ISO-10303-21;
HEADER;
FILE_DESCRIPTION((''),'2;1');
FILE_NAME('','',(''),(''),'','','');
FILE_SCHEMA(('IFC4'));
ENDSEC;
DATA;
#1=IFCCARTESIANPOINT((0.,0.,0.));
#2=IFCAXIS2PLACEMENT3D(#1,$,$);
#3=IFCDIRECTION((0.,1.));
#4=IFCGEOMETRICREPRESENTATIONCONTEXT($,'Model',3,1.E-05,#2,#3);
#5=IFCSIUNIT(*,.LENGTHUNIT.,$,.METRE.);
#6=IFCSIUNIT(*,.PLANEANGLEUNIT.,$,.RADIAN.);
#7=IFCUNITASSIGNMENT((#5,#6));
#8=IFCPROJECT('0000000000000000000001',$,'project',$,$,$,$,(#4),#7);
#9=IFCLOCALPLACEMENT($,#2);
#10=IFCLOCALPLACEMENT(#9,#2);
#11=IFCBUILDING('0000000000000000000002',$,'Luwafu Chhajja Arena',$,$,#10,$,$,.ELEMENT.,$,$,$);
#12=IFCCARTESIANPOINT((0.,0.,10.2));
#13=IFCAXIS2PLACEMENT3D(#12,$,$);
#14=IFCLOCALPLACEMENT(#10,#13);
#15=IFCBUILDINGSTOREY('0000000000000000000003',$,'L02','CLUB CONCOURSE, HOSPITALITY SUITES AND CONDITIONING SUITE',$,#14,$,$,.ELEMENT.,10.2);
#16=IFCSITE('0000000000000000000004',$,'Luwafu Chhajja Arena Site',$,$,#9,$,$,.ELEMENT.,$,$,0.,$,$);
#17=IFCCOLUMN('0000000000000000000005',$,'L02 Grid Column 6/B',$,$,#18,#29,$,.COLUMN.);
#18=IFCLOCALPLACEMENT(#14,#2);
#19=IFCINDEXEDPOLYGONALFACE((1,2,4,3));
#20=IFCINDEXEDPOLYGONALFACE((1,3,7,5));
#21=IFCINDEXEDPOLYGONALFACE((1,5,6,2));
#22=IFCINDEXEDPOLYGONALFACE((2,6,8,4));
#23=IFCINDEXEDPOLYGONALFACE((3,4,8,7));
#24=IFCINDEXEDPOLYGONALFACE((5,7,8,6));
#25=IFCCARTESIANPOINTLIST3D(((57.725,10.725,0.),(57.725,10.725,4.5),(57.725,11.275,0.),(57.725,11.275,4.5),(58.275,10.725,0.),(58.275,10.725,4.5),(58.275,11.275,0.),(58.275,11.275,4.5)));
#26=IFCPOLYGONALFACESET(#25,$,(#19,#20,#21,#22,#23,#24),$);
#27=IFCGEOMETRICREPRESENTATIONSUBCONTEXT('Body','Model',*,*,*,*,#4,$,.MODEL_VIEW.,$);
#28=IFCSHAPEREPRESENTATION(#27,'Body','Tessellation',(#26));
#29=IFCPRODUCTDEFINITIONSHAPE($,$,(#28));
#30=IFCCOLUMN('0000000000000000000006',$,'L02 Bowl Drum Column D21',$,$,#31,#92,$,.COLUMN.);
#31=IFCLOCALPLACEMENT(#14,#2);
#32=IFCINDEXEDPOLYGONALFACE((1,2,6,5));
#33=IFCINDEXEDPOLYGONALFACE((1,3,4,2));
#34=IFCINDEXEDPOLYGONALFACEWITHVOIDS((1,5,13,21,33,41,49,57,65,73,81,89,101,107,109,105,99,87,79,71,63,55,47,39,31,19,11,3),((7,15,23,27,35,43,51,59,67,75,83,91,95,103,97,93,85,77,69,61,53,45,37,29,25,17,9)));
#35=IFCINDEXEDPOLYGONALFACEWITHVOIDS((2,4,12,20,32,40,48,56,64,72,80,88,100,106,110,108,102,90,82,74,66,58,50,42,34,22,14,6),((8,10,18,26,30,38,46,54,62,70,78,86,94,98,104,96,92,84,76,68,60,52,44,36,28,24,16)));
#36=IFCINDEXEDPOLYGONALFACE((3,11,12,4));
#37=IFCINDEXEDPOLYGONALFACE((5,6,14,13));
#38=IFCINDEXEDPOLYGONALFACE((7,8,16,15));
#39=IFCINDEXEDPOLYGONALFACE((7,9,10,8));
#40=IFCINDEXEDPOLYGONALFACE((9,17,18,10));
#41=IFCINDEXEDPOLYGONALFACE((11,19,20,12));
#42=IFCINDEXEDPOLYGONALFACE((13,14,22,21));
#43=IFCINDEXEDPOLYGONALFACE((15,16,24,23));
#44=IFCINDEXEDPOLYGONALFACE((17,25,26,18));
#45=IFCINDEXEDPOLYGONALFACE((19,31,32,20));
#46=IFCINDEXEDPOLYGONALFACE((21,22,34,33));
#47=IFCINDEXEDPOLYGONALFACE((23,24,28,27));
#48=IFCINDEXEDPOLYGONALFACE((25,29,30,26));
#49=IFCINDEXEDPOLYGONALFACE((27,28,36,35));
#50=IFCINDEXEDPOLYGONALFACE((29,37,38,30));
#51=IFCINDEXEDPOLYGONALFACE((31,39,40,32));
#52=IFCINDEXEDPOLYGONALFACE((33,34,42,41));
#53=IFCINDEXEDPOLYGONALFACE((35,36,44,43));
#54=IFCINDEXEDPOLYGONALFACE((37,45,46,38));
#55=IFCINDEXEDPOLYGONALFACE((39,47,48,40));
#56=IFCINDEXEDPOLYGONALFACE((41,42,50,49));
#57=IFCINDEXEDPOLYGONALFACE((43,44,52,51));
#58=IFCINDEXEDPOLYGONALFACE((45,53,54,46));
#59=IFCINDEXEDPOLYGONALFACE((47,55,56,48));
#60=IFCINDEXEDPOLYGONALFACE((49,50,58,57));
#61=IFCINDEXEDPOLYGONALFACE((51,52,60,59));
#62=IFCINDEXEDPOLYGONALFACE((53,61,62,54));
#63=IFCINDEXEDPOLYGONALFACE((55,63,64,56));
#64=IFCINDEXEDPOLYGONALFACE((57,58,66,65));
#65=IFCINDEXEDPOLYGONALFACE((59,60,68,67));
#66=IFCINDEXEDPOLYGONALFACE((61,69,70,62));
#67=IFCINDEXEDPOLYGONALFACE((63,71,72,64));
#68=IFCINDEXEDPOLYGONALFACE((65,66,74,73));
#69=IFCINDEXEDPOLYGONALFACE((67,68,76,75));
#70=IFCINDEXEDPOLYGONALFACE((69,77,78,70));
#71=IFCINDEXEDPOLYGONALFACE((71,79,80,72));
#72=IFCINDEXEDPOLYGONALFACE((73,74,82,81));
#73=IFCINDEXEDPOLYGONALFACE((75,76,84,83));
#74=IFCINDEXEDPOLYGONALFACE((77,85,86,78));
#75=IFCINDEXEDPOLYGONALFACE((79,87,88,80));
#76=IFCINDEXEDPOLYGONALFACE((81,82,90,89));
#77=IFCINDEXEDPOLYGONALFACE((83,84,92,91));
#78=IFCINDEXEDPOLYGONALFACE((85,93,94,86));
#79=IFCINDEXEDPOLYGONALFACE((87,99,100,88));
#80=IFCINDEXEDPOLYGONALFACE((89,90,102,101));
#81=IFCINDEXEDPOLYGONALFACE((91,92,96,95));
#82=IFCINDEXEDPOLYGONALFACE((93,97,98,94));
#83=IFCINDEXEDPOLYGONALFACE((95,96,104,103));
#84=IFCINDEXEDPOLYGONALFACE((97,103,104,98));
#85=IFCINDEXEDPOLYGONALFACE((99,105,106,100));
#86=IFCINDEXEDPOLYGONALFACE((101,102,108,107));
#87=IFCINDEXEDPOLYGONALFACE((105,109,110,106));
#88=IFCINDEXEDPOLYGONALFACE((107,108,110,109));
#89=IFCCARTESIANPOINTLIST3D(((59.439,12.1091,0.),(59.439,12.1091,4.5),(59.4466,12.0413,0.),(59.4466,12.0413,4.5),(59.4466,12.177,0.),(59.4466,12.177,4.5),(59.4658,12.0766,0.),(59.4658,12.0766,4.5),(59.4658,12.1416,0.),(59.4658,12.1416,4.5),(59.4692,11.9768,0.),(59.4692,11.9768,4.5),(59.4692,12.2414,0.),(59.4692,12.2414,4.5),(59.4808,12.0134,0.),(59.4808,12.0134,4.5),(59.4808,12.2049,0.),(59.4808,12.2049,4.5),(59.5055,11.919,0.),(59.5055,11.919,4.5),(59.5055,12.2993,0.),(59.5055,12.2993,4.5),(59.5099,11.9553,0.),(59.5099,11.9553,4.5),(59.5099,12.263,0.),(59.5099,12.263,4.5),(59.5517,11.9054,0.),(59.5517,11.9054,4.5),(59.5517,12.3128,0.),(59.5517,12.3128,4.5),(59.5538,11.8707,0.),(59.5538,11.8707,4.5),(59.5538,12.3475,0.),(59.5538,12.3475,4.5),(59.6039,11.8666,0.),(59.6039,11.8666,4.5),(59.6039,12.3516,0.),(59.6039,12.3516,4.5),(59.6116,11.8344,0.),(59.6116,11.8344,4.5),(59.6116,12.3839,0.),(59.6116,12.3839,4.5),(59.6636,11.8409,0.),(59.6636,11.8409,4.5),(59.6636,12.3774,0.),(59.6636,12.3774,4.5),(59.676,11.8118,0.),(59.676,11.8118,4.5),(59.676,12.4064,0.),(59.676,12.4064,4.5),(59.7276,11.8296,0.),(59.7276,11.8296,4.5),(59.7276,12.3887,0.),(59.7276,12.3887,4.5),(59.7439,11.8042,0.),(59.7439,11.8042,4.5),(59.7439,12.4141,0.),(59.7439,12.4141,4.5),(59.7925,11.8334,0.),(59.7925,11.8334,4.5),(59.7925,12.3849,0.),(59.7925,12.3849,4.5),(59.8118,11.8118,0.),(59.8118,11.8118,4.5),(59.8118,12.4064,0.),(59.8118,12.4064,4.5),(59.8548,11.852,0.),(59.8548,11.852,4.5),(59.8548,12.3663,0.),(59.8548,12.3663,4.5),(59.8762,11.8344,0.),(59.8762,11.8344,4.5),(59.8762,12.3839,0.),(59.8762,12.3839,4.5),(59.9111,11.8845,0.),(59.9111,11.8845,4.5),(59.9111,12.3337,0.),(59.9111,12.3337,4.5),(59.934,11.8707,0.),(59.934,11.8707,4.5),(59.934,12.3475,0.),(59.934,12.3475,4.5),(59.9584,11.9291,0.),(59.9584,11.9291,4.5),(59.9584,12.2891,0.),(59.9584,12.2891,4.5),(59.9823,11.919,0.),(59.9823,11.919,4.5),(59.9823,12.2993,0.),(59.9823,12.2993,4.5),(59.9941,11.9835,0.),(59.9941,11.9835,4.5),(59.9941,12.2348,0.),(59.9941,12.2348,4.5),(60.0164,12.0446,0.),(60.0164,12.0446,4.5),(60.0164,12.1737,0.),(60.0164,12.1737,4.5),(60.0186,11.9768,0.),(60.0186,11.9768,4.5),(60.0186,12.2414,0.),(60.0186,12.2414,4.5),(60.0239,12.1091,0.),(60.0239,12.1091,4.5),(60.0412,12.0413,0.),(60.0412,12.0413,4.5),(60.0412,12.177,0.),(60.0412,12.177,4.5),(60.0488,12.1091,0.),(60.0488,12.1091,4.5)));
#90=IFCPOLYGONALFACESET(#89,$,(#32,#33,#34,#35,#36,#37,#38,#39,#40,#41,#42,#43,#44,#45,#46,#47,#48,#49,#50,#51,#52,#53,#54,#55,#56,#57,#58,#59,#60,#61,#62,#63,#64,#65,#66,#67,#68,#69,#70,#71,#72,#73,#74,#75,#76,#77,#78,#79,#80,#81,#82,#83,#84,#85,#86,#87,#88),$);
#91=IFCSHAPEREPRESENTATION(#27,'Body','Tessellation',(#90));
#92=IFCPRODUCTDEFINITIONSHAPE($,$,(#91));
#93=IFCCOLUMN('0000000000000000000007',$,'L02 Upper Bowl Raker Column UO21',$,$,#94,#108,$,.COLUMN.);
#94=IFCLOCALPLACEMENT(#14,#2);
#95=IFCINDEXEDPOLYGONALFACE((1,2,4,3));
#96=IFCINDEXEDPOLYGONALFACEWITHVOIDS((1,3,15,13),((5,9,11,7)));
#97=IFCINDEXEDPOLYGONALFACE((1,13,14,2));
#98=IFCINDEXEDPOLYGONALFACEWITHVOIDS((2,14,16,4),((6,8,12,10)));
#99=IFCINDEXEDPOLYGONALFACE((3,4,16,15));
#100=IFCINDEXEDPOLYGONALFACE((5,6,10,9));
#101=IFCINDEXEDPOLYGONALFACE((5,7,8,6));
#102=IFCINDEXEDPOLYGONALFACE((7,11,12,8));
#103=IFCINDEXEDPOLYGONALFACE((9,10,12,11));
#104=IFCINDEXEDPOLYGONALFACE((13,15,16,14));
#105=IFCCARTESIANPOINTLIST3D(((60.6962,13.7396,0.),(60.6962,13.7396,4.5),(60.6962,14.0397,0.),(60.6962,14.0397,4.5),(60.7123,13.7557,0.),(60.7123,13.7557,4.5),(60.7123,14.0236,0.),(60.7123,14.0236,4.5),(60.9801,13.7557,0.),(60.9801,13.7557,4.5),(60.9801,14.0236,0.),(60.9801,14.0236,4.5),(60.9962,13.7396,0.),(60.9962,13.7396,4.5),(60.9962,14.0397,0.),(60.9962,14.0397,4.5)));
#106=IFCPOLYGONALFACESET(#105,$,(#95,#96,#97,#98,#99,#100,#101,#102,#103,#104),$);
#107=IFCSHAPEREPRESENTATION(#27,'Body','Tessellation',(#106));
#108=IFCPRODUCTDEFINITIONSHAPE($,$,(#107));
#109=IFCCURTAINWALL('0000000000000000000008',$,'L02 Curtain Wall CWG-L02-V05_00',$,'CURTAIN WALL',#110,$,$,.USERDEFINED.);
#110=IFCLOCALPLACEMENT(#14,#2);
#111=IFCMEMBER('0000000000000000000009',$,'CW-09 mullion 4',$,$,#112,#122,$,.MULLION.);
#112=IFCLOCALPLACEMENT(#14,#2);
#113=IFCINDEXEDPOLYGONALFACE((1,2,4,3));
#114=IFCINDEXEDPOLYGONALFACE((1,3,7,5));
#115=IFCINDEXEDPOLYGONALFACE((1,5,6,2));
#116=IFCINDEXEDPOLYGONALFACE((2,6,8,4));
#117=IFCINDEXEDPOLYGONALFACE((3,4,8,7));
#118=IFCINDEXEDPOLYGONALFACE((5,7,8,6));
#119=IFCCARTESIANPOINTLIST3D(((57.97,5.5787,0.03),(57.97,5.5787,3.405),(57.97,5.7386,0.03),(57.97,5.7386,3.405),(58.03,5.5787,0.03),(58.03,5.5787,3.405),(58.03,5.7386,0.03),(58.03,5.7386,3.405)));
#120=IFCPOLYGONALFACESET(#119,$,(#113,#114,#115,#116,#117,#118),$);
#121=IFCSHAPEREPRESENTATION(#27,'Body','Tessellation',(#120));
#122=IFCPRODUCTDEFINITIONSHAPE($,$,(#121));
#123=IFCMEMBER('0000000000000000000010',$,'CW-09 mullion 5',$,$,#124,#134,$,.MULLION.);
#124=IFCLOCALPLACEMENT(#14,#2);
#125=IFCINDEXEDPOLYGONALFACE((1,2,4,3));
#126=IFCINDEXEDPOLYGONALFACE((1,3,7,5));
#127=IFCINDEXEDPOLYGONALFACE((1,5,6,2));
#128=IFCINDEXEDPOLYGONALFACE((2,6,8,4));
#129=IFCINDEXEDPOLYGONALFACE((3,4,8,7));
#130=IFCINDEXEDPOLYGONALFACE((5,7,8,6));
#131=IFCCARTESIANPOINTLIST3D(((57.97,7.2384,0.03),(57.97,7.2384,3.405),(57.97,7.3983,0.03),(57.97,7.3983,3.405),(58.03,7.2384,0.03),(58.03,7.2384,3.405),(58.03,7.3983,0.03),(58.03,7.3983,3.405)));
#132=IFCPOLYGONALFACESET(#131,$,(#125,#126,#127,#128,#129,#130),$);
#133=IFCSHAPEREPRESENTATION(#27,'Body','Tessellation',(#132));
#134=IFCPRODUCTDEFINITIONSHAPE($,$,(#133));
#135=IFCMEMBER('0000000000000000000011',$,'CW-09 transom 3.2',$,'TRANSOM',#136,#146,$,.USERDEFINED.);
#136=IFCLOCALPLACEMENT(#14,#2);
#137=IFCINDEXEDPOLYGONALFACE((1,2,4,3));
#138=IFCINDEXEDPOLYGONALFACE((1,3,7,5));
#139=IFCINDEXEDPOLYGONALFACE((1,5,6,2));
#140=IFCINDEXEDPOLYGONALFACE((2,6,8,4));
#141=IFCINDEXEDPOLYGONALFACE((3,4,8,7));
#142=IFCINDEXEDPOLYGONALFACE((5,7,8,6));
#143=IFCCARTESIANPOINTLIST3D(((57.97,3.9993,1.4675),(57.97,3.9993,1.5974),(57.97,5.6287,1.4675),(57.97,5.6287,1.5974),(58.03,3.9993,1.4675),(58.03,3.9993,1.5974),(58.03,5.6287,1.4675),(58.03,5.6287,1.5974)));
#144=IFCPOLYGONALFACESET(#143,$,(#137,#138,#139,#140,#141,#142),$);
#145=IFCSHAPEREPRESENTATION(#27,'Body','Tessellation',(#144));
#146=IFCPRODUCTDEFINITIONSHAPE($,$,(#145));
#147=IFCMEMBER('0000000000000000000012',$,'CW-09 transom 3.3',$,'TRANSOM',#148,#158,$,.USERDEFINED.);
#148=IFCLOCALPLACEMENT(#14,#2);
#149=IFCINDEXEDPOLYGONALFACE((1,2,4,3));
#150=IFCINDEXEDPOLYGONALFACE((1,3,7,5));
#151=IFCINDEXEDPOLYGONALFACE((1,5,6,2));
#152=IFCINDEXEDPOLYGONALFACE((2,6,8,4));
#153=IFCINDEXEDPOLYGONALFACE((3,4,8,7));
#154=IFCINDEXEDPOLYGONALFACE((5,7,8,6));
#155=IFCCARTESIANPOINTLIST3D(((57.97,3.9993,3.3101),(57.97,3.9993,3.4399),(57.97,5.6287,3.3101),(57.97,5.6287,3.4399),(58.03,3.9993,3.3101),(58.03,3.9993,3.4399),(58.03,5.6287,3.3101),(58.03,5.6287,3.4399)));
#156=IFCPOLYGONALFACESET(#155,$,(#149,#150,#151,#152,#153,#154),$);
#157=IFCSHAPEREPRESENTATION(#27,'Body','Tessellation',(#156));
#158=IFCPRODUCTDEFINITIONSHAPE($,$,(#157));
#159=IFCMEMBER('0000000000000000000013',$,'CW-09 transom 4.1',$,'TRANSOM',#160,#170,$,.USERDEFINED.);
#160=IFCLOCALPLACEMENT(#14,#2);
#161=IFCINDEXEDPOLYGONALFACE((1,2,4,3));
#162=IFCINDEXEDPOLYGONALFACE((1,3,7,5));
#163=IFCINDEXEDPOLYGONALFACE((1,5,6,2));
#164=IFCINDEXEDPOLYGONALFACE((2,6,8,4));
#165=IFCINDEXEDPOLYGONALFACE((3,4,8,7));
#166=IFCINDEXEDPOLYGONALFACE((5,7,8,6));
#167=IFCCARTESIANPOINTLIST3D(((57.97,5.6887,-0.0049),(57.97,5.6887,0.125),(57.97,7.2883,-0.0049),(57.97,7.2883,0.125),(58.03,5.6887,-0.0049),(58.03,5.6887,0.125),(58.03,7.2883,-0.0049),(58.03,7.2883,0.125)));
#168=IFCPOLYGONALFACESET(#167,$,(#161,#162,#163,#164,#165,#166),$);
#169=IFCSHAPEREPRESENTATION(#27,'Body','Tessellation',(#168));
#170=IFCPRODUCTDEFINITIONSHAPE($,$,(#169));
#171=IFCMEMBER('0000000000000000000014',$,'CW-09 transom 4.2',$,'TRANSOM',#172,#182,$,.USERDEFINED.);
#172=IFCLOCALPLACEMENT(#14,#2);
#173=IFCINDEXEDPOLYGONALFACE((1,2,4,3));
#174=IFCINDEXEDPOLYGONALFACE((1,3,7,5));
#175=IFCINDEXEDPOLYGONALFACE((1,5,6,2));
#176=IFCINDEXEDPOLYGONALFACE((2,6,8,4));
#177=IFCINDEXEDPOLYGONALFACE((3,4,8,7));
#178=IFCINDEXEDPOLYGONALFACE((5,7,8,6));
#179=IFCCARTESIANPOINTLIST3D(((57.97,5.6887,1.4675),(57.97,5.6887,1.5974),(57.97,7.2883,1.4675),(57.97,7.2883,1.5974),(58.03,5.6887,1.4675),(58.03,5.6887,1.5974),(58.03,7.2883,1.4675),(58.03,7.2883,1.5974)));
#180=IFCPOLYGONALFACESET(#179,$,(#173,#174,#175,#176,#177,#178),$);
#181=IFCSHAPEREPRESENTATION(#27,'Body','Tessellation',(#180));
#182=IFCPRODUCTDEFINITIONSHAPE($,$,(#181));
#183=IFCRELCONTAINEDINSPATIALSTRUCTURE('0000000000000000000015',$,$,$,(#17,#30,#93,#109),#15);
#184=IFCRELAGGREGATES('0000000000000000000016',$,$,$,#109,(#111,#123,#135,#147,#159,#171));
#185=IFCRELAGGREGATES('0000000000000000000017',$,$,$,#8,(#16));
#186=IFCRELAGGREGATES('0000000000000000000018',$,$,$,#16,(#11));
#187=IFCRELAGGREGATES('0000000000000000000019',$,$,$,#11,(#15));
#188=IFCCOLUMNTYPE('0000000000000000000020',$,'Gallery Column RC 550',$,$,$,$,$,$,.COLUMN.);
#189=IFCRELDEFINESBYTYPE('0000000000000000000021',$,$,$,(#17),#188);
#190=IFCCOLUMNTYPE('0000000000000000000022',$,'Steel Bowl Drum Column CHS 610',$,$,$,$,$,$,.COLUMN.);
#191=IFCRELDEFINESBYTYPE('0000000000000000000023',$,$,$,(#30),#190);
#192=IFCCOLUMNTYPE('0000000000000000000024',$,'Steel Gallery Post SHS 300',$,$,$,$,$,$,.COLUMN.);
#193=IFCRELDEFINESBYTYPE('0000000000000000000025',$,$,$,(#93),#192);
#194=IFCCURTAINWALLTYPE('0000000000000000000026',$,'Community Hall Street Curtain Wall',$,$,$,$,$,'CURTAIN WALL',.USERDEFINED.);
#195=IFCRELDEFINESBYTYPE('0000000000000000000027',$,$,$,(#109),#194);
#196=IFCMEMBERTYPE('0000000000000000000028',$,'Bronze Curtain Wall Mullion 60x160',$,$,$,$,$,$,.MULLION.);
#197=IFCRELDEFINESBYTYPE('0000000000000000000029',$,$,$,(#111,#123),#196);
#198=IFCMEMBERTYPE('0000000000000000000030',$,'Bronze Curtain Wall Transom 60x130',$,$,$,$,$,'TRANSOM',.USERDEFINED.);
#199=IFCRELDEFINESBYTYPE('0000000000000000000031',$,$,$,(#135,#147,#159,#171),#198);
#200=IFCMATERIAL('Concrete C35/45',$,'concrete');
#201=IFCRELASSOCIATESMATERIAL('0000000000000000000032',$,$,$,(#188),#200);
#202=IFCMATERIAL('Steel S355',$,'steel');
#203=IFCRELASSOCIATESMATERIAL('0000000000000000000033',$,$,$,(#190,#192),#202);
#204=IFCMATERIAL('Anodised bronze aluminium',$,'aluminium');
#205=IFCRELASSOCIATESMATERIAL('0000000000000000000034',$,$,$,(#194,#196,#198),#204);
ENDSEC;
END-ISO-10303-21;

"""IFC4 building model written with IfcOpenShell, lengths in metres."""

from ifc_helpers import new_model, si_unit, direction, frame, origin, origin_2d, place, context, subcontext, project, spatial, rectangle, hollow_rectangle, hollow_circle, extrude, material, material_profile, profile_set, type_object, element, aggregate, save


model = new_model("IFC4")

# Units and contexts
model_context = context("Model", 3, precision=1e-05, world=origin(), true_north=direction((0.0, 1.0)))
body_context = subcontext(model_context, "Body", "Model", "MODEL_VIEW")
ifc_project = project(units=[si_unit("LENGTHUNIT", "METRE"), si_unit("PLANEANGLEUNIT", "RADIAN")], contexts=[model_context])

# Site, building, storey
site_placement = place(None, origin())
site = spatial("IfcSite", under=ifc_project, at=site_placement, Name="Luwafu Chhajja Arena Site", CompositionType="ELEMENT", RefElevation=0.0)
building_placement = place(site_placement, origin())
building = spatial("IfcBuilding", under=site, at=building_placement, Name="Luwafu Chhajja Arena", CompositionType="ELEMENT")
storey_placement = place(building_placement, frame((0.0, 0.0, 10.2)))
storey = spatial("IfcBuildingStorey", under=building, at=storey_placement, Name="L02", Description="CLUB CONCOURSE, HOSPITALITY SUITES AND CONDITIONING SUITE", CompositionType="ELEMENT", Elevation=10.2)

# Columns
ifc_material_1 = material(Name="Concrete C35/45", Category="concrete")
ifc_material_profile_1 = material_profile(ifc_material_1, rectangle(XDim=0.55, YDim=0.55, at=origin_2d()), Name="RC 550x550")
ifc_profile_set_1 = profile_set([ifc_material_profile_1], Name="Concrete C35/45")
column_type_1 = type_object("IfcColumnType", Name="Gallery Column RC 550", PredefinedType="COLUMN", material=ifc_profile_set_1)
column_1_placement = place(storey_placement, frame((58.0, 11.0, 0.0), z_axis=(0.0, 0.0, 1.0), x_axis=(1.0, 0.0, 0.0)))
element("IfcColumn", 1, at=column_1_placement, inside=storey, type_object=column_type_1, Name="L02 Grid Column 6/B", PredefinedType="COLUMN", context=body_context, shape_type="SweptSolid", body=[
    extrude(rectangle(XDim=0.55, YDim=0.55, at=origin_2d()), origin(), (0.0, 0.0, 1.0), 4.5),
])
ifc_material_2 = material(Name="Steel S355", Category="steel")
ifc_material_profile_2 = material_profile(ifc_material_2, hollow_circle(Radius=0.3049, WallThickness=0.0249, at=origin_2d()), Name="CHS 610x25")
ifc_profile_set_2 = profile_set([ifc_material_profile_2], Name="Steel S355")
column_type_2 = type_object("IfcColumnType", Name="Steel Bowl Drum Column CHS 610", PredefinedType="COLUMN", material=ifc_profile_set_2)
column_2_placement = place(storey_placement, frame((59.7439, 12.1091, 0.0), z_axis=(0.0, 0.0, 1.0), x_axis=(1.0, 0.0, 0.0)))
element("IfcColumn", 2, at=column_2_placement, inside=storey, type_object=column_type_2, Name="L02 Bowl Drum Column D21", PredefinedType="COLUMN", context=body_context, shape_type="SweptSolid", body=[
    extrude(hollow_circle(Radius=0.3049, WallThickness=0.0249, at=origin_2d()), origin(), (0.0, 0.0, 1.0), 4.5),
])
ifc_material_profile_3 = material_profile(ifc_material_2, hollow_rectangle(XDim=0.3, YDim=0.3, WallThickness=0.0161, at=origin_2d()), Name="SHS 300x300x16")
ifc_profile_set_3 = profile_set([ifc_material_profile_3], Name="Steel S355")
column_type_3 = type_object("IfcColumnType", Name="Steel Gallery Post SHS 300", PredefinedType="COLUMN", material=ifc_profile_set_3)
column_3_placement = place(storey_placement, frame((60.8462, 13.8896, 0.0), z_axis=(0.0, 0.0, 1.0), x_axis=(1.0, 0.0, 0.0)))
element("IfcColumn", 3, at=column_3_placement, inside=storey, type_object=column_type_3, Name="L02 Upper Bowl Raker Column UO21", PredefinedType="COLUMN", context=body_context, shape_type="SweptSolid", body=[
    extrude(hollow_rectangle(XDim=0.3, YDim=0.3, WallThickness=0.0161, at=origin_2d()), origin(), (0.0, 0.0, 1.0), 4.5),
])

# Curtain wall, members
ifc_material_3 = material(Name="Anodised bronze aluminium", Category="aluminium")
curtain_wall_type = type_object("IfcCurtainWallType", Name="Community Hall Street Curtain Wall", ElementType="CURTAIN WALL", PredefinedType="USERDEFINED", material=ifc_material_3)
curtain_wall_placement = place(storey_placement, origin())
curtain_wall = element("IfcCurtainWall", 4, at=curtain_wall_placement, inside=storey, type_object=curtain_wall_type, Name="L02 Curtain Wall CWG-L02-V05_00", ObjectType="CURTAIN WALL", PredefinedType="USERDEFINED")
ifc_material_profile_4 = material_profile(ifc_material_3, rectangle(XDim=0.0601, YDim=0.1599, at=origin_2d()), Name="CWM 60x160")
ifc_profile_set_4 = profile_set([ifc_material_profile_4], Name="Anodised bronze aluminium")
member_type_1 = type_object("IfcMemberType", Name="Bronze Curtain Wall Mullion 60x160", PredefinedType="MULLION", material=ifc_profile_set_4)
member_1_placement = place(storey_placement, frame((58.0, 5.6587, 0.03), z_axis=(0.0, 0.0, 1.0), x_axis=(-1.0, 0.0, 0.0)))
member_1 = element("IfcMember", 5, at=member_1_placement, type_object=member_type_1, Name="CW-09 mullion 4", PredefinedType="MULLION", context=body_context, shape_type="SweptSolid", body=[
    extrude(rectangle(XDim=0.0601, YDim=0.1599, at=origin_2d()), origin(), (0.0, 0.0, 1.0), 3.375),
])
member_2_placement = place(storey_placement, frame((58.0, 7.3184, 0.03), z_axis=(0.0, 0.0, 1.0), x_axis=(-1.0, 0.0, 0.0)))
member_2 = element("IfcMember", 6, at=member_2_placement, type_object=member_type_1, Name="CW-09 mullion 5", PredefinedType="MULLION", context=body_context, shape_type="SweptSolid", body=[
    extrude(rectangle(XDim=0.0601, YDim=0.1599, at=origin_2d()), origin(), (0.0, 0.0, 1.0), 3.375),
])
ifc_material_profile_5 = material_profile(ifc_material_3, rectangle(XDim=0.0601, YDim=0.1299, at=origin_2d()), Name="CWT 60x130")
ifc_profile_set_5 = profile_set([ifc_material_profile_5], Name="Anodised bronze aluminium")
member_type_2 = type_object("IfcMemberType", Name="Bronze Curtain Wall Transom 60x130", ElementType="TRANSOM", PredefinedType="USERDEFINED", material=ifc_profile_set_5)
member_3_placement = place(storey_placement, frame((58.0, 3.9993, 1.5325), z_axis=(0.0, 1.0, 0.0), x_axis=(-1.0, 0.0, 0.0)))
member_3 = element("IfcMember", 7, at=member_3_placement, type_object=member_type_2, Name="CW-09 transom 3.2", ObjectType="TRANSOM", PredefinedType="USERDEFINED", context=body_context, shape_type="SweptSolid", body=[
    extrude(rectangle(XDim=0.0601, YDim=0.1299, at=origin_2d()), origin(), (0.0, 0.0, 1.0), 1.6294),
])
member_4_placement = place(storey_placement, frame((58.0, 3.9993, 3.375), z_axis=(0.0, 1.0, 0.0), x_axis=(-1.0, 0.0, 0.0)))
member_4 = element("IfcMember", 8, at=member_4_placement, type_object=member_type_2, Name="CW-09 transom 3.3", ObjectType="TRANSOM", PredefinedType="USERDEFINED", context=body_context, shape_type="SweptSolid", body=[
    extrude(rectangle(XDim=0.0601, YDim=0.1299, at=origin_2d()), origin(), (0.0, 0.0, 1.0), 1.6294),
])
member_5_placement = place(storey_placement, frame((58.0, 5.6887, 0.0601), z_axis=(0.0, 1.0, 0.0), x_axis=(-1.0, 0.0, 0.0)))
member_5 = element("IfcMember", 9, at=member_5_placement, type_object=member_type_2, Name="CW-09 transom 4.1", ObjectType="TRANSOM", PredefinedType="USERDEFINED", context=body_context, shape_type="SweptSolid", body=[
    extrude(rectangle(XDim=0.0601, YDim=0.1299, at=origin_2d()), origin(), (0.0, 0.0, 1.0), 1.5996),
])
member_6_placement = place(storey_placement, frame((58.0, 5.6887, 1.5325), z_axis=(0.0, 1.0, 0.0), x_axis=(-1.0, 0.0, 0.0)))
member_6 = element("IfcMember", 10, at=member_6_placement, type_object=member_type_2, Name="CW-09 transom 4.2", ObjectType="TRANSOM", PredefinedType="USERDEFINED", context=body_context, shape_type="SweptSolid", body=[
    extrude(rectangle(XDim=0.0601, YDim=0.1299, at=origin_2d()), origin(), (0.0, 0.0, 1.0), 1.5996),
])

aggregate(curtain_wall, [member_1, member_2, member_3, member_4, member_5, member_6])

save(model, "model.ifc")
